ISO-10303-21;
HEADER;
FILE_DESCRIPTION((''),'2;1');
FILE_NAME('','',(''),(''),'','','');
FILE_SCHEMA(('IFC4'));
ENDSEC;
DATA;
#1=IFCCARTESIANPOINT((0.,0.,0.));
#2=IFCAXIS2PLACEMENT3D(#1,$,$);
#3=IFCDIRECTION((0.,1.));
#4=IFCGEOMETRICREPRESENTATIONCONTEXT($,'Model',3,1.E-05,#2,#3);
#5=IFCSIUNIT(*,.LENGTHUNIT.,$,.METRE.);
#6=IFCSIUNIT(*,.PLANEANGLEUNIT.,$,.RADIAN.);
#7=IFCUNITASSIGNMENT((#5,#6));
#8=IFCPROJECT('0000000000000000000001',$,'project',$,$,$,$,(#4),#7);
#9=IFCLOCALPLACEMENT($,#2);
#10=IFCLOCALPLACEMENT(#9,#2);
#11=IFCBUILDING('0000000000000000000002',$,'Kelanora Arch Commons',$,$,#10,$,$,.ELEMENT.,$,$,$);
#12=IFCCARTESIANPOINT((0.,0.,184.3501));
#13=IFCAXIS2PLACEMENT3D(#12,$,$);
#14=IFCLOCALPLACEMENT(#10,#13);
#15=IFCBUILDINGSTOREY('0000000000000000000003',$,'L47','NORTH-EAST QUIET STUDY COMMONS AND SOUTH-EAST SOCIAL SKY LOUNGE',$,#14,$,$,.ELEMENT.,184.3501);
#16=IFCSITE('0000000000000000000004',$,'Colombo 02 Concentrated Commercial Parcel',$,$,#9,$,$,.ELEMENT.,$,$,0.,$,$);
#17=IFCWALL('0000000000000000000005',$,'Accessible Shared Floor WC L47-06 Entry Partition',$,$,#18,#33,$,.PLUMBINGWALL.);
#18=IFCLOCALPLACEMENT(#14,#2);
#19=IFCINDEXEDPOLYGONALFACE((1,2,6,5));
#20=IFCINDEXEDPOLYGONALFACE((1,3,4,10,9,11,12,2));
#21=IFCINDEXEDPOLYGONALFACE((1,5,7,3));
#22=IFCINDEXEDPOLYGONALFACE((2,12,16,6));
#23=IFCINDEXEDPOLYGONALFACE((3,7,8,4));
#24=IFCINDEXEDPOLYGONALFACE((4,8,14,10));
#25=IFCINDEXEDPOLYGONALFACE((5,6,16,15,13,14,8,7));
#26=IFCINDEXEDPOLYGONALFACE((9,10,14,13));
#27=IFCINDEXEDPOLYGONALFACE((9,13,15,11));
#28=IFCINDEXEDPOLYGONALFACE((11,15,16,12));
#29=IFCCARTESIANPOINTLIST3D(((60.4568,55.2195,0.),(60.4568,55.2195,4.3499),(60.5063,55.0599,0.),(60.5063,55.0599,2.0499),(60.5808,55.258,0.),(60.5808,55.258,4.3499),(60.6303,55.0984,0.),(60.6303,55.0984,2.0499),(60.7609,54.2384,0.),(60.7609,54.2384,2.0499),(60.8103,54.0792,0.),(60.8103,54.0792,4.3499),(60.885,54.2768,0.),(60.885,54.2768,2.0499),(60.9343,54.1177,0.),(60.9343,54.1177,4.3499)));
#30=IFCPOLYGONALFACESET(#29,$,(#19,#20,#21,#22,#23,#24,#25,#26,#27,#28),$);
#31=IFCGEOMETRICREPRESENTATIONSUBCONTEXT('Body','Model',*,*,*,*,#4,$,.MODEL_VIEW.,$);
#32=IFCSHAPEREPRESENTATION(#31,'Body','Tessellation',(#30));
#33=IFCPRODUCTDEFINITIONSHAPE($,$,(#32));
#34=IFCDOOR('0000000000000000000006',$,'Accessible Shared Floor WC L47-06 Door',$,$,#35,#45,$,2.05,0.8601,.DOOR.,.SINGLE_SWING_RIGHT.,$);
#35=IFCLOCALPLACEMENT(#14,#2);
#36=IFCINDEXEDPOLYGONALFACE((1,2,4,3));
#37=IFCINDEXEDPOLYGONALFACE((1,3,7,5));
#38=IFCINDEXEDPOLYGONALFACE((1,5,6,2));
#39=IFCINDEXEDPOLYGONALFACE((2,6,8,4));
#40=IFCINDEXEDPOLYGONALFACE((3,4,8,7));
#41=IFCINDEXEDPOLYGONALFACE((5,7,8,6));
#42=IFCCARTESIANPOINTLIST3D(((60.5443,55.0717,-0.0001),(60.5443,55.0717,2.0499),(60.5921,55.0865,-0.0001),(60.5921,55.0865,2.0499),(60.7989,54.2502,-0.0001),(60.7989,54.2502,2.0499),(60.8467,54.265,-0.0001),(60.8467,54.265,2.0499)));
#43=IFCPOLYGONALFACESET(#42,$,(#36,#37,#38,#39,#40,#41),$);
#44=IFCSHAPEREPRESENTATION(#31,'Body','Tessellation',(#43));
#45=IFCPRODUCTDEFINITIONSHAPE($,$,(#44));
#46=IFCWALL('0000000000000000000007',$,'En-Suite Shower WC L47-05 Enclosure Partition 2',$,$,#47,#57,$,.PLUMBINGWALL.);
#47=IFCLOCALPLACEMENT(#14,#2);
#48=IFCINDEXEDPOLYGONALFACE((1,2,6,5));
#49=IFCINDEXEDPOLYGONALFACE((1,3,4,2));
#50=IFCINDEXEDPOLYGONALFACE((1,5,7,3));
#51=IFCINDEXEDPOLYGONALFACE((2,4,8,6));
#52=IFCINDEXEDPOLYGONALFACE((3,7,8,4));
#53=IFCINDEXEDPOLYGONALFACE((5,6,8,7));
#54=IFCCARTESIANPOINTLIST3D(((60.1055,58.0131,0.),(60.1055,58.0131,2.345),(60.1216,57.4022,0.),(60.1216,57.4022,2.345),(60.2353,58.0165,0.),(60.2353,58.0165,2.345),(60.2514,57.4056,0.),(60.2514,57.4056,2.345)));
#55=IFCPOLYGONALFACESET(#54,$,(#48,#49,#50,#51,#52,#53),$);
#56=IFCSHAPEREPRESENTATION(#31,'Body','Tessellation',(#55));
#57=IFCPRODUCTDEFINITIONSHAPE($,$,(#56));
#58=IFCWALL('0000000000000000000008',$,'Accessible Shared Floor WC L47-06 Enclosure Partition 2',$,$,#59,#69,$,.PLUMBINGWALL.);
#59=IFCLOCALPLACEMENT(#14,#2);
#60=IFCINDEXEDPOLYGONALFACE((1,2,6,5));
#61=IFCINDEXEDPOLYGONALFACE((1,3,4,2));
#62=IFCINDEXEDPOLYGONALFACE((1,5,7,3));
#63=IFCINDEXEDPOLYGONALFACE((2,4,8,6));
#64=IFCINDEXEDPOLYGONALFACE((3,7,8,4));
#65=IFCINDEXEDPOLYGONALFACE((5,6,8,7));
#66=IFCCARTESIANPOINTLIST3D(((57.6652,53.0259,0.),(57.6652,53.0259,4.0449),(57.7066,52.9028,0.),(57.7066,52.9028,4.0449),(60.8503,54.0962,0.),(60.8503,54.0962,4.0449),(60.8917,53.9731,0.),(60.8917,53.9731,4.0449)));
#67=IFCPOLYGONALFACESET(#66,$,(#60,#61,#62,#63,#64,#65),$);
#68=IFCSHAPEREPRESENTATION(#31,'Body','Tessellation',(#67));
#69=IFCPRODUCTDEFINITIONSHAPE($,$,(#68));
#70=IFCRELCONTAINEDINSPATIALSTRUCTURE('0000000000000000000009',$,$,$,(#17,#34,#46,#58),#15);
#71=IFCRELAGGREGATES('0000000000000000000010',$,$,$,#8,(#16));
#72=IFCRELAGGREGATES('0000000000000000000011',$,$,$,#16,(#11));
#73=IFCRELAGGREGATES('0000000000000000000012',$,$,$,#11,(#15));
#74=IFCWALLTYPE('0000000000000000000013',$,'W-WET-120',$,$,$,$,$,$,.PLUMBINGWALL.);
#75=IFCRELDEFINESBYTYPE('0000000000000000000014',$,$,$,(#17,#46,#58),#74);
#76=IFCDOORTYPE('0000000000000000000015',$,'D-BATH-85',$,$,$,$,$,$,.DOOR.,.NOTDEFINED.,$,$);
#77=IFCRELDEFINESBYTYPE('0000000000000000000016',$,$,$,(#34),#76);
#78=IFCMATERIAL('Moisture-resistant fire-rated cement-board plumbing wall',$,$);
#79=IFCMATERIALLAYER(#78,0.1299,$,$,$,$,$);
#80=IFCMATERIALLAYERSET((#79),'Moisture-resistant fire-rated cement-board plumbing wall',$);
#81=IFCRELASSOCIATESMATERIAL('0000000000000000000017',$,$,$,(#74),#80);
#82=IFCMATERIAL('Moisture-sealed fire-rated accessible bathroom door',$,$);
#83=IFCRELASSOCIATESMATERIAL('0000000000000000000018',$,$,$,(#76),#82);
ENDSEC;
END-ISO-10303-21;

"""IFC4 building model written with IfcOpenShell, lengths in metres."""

from ifc_helpers import new_model, si_unit, direction, frame, frame_2d, origin, place, context, subcontext, project, spatial, rectangle, extrude, material, layer, layer_set, type_object, element, fill, save


model = new_model("IFC4")

# Units and contexts
model_context = context("Model", 3, precision=1e-05, world=origin(), true_north=direction((0.0, 1.0)))
body_context = subcontext(model_context, "Body", "Model", "MODEL_VIEW")
ifc_project = project(units=[si_unit("LENGTHUNIT", "METRE"), si_unit("PLANEANGLEUNIT", "RADIAN")], contexts=[model_context])

# Site, building, storey
site_placement = place(None, origin())
site = spatial("IfcSite", under=ifc_project, at=site_placement, Name="Colombo 02 Concentrated Commercial Parcel", CompositionType="ELEMENT", RefElevation=0.0)
building_placement = place(site_placement, origin())
building = spatial("IfcBuilding", under=site, at=building_placement, Name="Kelanora Arch Commons", CompositionType="ELEMENT")
storey_placement = place(building_placement, frame((0.0, 0.0, 184.3501)))
storey = spatial("IfcBuildingStorey", under=building, at=storey_placement, Name="L47", Description="NORTH-EAST QUIET STUDY COMMONS AND SOUTH-EAST SOCIAL SKY LOUNGE", CompositionType="ELEMENT", Elevation=184.3501)

# Wall, opening, door
ifc_material_1 = material(Name="Moisture-resistant fire-rated cement-board plumbing wall")
ifc_layer_1 = layer(ifc_material_1, 0.1299)
ifc_layer_set_1 = layer_set([ifc_layer_1], Name="Moisture-resistant fire-rated cement-board plumbing wall")
wall_type_1 = type_object("IfcWallType", Name="W-WET-120", PredefinedType="PLUMBINGWALL", material=ifc_layer_set_1)
wall_1_placement = place(storey_placement, frame((60.5188, 55.2388, 0.0), z_axis=(0.0, 0.0, 1.0), x_axis=(0.296097, -0.955158, 0.0)))
wall_1 = element("IfcWall", 1, at=wall_1_placement, inside=storey, type_object=wall_type_1, Name="Accessible Shared Floor WC L47-06 Entry Partition", PredefinedType="PLUMBINGWALL", context=body_context, shape_type="SweptSolid", body=[
    extrude(rectangle(XDim=1.1938, YDim=0.1299, at=frame_2d((0.5969, 0.0))), origin(), (0.0, 0.0, 1.0), 4.3499),
])
opening_1_placement = place(wall_1_placement, frame((0.167, 0.0, 0.0)))
opening_1 = element("IfcOpeningElement", 2, at=opening_1_placement, cuts=wall_1, PredefinedType="OPENING", context=body_context, shape_type="SweptSolid", body=[
    extrude(rectangle(XDim=0.8601, YDim=2.05, at=frame_2d((0.4302, 1.0249))), frame((0.0, 0.075, 0.0), z_axis=(0.0, -1.0, 0.0), x_axis=(1.0, 0.0, 0.0)), (0.0, 0.0, 1.0), 0.1499),
])
ifc_material_2 = material(Name="Moisture-sealed fire-rated accessible bathroom door")
door_type_1 = type_object("IfcDoorType", Name="D-BATH-85", OperationType="NOTDEFINED", PredefinedType="DOOR", material=ifc_material_2)
door_1_placement = place(opening_1_placement, origin())
door_1 = element("IfcDoor", 3, at=door_1_placement, inside=storey, type_object=door_type_1, Name="Accessible Shared Floor WC L47-06 Door", OperationType="SINGLE_SWING_RIGHT", OverallHeight=2.05, OverallWidth=0.8601, PredefinedType="DOOR", context=body_context, shape_type="SweptSolid", body=[
    extrude(rectangle(XDim=0.8601, YDim=2.05, at=frame_2d((0.4302, 1.0249))), frame((0.0, 0.0249, 0.0), z_axis=(0.0, -1.0, 0.0), x_axis=(1.0, 0.0, 0.0)), (0.0, 0.0, 1.0), 0.05),
])
fill(opening_1, door_1)

# Walls
wall_2_placement = place(storey_placement, frame((60.1704, 58.0149, 0.0), z_axis=(0.0, 0.0, 1.0), x_axis=(0.02637, -0.999652, 0.0)))
element("IfcWall", 4, at=wall_2_placement, inside=storey, type_object=wall_type_1, Name="En-Suite Shower WC L47-05 Enclosure Partition 2", PredefinedType="PLUMBINGWALL", context=body_context, shape_type="SweptSolid", body=[
    extrude(rectangle(XDim=0.6111, YDim=0.1299, at=frame_2d((0.3057, 0.0))), origin(), (0.0, 0.0, 1.0), 2.345),
])
wall_3_placement = place(storey_placement, frame((60.8711, 54.0347, 0.0), z_axis=(0.0, 0.0, 1.0), x_axis=(-0.94791, -0.318537, 0.0)))
element("IfcWall", 5, at=wall_3_placement, inside=storey, type_object=wall_type_1, Name="Accessible Shared Floor WC L47-06 Enclosure Partition 2", PredefinedType="PLUMBINGWALL", context=body_context, shape_type="SweptSolid", body=[
    extrude(rectangle(XDim=3.3601, YDim=0.1299, at=frame_2d((1.6802, 0.0))), origin(), (0.0, 0.0, 1.0), 4.0449),
])

save(model, "model.ifc")
